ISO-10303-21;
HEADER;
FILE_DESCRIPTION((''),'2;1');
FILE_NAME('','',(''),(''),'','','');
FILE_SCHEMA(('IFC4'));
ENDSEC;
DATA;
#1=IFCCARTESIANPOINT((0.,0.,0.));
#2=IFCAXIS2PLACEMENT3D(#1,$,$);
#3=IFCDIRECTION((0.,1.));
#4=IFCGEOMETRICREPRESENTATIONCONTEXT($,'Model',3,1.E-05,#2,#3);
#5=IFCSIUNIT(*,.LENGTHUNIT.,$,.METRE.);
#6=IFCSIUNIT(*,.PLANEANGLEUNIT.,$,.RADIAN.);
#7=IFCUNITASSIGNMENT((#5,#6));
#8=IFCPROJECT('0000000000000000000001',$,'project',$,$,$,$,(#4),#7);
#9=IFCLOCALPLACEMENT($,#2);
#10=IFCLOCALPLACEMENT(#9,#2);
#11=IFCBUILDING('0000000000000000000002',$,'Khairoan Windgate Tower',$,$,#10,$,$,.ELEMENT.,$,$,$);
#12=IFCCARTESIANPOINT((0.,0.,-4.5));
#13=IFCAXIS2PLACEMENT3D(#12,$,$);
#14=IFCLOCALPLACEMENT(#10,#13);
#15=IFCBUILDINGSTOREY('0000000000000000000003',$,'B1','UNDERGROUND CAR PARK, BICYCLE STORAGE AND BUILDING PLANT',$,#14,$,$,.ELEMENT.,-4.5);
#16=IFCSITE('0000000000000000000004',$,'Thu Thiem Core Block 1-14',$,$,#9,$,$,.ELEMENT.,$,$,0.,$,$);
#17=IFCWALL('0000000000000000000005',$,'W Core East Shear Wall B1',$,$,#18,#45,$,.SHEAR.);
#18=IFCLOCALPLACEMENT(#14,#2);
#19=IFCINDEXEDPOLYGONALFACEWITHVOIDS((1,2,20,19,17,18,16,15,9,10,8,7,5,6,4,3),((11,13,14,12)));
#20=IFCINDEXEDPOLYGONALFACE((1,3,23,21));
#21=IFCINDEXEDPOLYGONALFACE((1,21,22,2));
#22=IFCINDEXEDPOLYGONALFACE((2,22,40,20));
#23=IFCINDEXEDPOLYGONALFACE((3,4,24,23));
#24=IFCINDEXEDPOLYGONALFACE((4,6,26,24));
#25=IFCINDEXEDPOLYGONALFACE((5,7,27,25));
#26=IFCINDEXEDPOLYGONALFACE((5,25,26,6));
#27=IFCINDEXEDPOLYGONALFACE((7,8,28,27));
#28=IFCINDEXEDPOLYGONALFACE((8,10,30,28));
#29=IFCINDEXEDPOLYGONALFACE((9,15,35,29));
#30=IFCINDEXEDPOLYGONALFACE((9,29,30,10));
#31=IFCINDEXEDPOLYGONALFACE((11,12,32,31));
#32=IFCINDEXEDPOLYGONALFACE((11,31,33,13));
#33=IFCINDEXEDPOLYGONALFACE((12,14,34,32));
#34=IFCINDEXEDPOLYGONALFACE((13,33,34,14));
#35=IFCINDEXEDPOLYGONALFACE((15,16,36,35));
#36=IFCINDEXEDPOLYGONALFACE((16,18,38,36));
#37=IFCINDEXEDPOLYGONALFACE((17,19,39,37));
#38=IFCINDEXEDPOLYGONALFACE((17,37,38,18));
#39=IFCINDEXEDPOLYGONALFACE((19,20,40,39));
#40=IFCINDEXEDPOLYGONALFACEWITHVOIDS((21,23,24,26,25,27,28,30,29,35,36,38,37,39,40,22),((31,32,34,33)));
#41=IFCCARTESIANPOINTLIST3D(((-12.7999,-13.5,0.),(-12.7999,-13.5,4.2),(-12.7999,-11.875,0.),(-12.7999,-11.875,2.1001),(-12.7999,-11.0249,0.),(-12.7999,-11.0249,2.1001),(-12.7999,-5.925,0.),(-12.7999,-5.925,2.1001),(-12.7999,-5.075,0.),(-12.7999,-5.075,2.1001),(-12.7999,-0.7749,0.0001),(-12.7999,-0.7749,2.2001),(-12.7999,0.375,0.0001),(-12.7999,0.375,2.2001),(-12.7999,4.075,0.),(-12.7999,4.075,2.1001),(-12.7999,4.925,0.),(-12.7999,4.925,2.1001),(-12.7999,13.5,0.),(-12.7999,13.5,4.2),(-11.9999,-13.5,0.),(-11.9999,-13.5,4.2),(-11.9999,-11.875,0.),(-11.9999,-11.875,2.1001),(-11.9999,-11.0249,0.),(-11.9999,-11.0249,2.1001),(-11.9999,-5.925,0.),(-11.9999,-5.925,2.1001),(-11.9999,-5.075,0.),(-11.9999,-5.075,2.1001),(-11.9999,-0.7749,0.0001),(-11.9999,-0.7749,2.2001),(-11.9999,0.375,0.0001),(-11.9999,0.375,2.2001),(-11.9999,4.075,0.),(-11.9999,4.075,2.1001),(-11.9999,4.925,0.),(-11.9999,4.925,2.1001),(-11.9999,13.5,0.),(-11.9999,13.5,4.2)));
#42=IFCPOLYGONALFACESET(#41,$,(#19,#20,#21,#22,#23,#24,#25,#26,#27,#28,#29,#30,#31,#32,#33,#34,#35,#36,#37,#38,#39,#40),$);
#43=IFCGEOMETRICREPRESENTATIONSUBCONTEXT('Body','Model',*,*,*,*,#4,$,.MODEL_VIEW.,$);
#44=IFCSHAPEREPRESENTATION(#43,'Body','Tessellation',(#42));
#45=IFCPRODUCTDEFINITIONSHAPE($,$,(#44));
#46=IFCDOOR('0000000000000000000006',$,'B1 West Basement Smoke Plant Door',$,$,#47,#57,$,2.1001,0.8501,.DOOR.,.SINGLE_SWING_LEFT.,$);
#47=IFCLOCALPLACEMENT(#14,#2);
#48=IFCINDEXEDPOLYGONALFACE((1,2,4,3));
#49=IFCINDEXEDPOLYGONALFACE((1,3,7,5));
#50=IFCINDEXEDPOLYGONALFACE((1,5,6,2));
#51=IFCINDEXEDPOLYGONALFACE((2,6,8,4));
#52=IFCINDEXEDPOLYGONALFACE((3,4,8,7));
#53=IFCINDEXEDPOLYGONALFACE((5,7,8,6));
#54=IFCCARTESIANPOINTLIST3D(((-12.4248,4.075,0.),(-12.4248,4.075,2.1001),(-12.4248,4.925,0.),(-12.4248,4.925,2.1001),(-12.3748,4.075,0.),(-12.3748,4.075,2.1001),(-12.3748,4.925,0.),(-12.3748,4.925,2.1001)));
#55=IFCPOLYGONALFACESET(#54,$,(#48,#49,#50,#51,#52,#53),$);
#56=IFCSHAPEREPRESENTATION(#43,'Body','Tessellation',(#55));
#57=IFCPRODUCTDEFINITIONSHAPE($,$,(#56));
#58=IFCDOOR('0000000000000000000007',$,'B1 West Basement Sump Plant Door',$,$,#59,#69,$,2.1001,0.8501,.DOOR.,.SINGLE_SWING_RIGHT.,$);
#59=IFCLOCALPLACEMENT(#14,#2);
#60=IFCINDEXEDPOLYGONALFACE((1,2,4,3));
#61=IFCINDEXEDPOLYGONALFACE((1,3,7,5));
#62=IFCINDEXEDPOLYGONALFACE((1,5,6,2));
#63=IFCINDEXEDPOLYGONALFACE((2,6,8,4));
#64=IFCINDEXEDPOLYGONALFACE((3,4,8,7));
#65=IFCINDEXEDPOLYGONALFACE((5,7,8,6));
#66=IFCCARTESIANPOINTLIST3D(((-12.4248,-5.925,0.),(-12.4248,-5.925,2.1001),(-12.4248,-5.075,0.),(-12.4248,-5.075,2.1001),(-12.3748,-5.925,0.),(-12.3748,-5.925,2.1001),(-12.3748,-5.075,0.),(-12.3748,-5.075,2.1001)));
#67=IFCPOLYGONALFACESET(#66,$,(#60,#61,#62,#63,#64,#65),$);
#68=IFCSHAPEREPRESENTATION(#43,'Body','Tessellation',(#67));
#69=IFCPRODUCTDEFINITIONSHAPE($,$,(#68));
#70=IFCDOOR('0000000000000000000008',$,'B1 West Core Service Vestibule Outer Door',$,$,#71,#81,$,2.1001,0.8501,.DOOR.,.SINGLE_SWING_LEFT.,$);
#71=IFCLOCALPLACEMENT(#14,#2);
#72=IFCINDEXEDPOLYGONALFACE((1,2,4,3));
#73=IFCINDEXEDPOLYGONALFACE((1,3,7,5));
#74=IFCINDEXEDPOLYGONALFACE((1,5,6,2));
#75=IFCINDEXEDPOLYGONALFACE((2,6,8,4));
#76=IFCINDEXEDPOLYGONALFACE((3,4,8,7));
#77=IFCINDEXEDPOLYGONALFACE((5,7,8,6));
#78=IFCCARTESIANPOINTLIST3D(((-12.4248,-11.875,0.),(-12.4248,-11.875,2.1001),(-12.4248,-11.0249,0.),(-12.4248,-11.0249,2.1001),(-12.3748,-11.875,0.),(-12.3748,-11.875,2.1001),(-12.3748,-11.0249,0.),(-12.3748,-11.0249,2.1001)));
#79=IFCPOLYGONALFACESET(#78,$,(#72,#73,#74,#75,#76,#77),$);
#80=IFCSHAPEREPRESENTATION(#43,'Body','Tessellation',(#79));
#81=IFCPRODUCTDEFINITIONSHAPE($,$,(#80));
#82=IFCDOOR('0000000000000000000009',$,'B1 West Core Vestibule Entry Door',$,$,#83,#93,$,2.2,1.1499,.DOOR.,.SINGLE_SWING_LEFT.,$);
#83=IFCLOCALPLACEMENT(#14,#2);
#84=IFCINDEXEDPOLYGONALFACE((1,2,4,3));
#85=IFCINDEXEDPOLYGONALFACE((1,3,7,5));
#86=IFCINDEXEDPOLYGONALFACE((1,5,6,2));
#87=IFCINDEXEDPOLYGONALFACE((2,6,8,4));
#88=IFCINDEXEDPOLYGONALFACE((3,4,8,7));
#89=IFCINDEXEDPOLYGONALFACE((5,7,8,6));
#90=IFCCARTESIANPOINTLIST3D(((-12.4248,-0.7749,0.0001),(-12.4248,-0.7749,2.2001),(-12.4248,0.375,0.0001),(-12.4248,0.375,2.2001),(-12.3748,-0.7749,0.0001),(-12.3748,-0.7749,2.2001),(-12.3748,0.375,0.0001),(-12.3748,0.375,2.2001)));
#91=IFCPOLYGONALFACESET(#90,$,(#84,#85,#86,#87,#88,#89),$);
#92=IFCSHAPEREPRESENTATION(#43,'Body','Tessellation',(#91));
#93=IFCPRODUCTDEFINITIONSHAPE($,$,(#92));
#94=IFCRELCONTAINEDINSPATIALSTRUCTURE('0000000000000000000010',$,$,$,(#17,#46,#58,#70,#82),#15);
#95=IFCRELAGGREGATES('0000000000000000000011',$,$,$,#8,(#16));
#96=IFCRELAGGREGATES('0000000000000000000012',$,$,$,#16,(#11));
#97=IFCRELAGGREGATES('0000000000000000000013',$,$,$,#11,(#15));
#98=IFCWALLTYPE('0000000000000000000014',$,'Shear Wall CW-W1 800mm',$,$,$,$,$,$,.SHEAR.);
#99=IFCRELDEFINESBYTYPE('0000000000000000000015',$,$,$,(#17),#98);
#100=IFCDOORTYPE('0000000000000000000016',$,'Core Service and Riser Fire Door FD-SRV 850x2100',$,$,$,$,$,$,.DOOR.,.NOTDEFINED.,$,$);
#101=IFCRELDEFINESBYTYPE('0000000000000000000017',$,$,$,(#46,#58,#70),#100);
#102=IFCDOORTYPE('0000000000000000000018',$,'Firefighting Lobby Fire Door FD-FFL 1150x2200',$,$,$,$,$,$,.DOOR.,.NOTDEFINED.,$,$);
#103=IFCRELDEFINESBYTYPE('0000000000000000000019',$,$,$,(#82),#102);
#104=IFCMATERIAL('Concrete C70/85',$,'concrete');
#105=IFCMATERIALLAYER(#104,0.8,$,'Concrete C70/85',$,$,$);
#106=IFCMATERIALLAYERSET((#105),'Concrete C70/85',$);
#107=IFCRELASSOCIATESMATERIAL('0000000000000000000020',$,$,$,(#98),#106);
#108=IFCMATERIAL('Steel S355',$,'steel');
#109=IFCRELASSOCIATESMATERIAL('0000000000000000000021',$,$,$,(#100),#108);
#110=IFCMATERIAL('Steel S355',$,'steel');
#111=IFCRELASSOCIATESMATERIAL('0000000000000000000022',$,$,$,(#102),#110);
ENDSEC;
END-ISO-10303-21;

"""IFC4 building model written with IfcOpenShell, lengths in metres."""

from ifc_helpers import new_model, si_unit, direction, frame, frame_2d, origin, place, context, subcontext, project, spatial, rectangle, extrude, material, layer, layer_set, type_object, element, fill, save


model = new_model("IFC4")

# Units and contexts
model_context = context("Model", 3, precision=1e-05, world=origin(), true_north=direction((0.0, 1.0)))
body_context = subcontext(model_context, "Body", "Model", "MODEL_VIEW")
ifc_project = project(units=[si_unit("LENGTHUNIT", "METRE"), si_unit("PLANEANGLEUNIT", "RADIAN")], contexts=[model_context])

# Site, building, storey
site_placement = place(None, origin())
site = spatial("IfcSite", under=ifc_project, at=site_placement, Name="Thu Thiem Core Block 1-14", CompositionType="ELEMENT", RefElevation=0.0)
building_placement = place(site_placement, origin())
building = spatial("IfcBuilding", under=site, at=building_placement, Name="Khairoan Windgate Tower", CompositionType="ELEMENT")
storey_placement = place(building_placement, frame((0.0, 0.0, -4.5)))
storey = spatial("IfcBuildingStorey", under=building, at=storey_placement, Name="B1", Description="UNDERGROUND CAR PARK, BICYCLE STORAGE AND BUILDING PLANT", CompositionType="ELEMENT", Elevation=-4.5)

# Shared definitions
ifc_material_1 = material(Name="Concrete C70/85", Category="concrete")
ifc_layer = layer(ifc_material_1, 0.8, Name="Concrete C70/85")
ifc_layer_set = layer_set([ifc_layer], Name="Concrete C70/85")
wall_type = type_object("IfcWallType", Name="Shear Wall CW-W1 800mm", PredefinedType="SHEAR", material=ifc_layer_set)

# Wall, openings, doors
wall_1_placement = place(storey_placement, frame((-12.3999, -13.5, 0.0), z_axis=(0.0, 0.0, 1.0), x_axis=(0.0, 1.0, 0.0)))
wall_1 = element("IfcWall", 1, at=wall_1_placement, inside=storey, type_object=wall_type, Name="W Core East Shear Wall B1", PredefinedType="SHEAR", context=body_context, shape_type="SweptSolid", body=[
    extrude(rectangle(XDim=27.0, YDim=0.8, at=frame_2d((13.5, 0.0))), origin(), (0.0, 0.0, 1.0), 4.2),
])
opening_1_placement = place(wall_1_placement, frame((17.575, 0.0, 0.0)))
opening_1 = element("IfcOpeningElement", 2, at=opening_1_placement, cuts=wall_1, PredefinedType="OPENING", context=body_context, shape_type="SweptSolid", body=[
    extrude(rectangle(XDim=0.8501, YDim=2.1001, at=frame_2d((0.425, 1.05))), frame((0.0, 0.4099, 0.0), z_axis=(0.0, -1.0, 0.0), x_axis=(1.0, 0.0, 0.0)), (0.0, 0.0, 1.0), 0.8201),
])
opening_2_placement = place(wall_1_placement, frame((7.575, 0.0, 0.0)))
opening_2 = element("IfcOpeningElement", 3, at=opening_2_placement, cuts=wall_1, PredefinedType="OPENING", context=body_context, shape_type="SweptSolid", body=[
    extrude(rectangle(XDim=0.8501, YDim=2.1001, at=frame_2d((0.425, 1.05))), frame((0.0, 0.4099, 0.0), z_axis=(0.0, -1.0, 0.0), x_axis=(1.0, 0.0, 0.0)), (0.0, 0.0, 1.0), 0.8201),
])
opening_3_placement = place(wall_1_placement, frame((12.7251, 0.0, 0.0)))
opening_3 = element("IfcOpeningElement", 4, at=opening_3_placement, cuts=wall_1, PredefinedType="OPENING", context=body_context, shape_type="SweptSolid", body=[
    extrude(rectangle(XDim=1.1499, YDim=2.2, at=frame_2d((0.575, 1.1001))), frame((0.0, 0.4099, 0.0), z_axis=(0.0, -1.0, 0.0), x_axis=(1.0, 0.0, 0.0)), (0.0, 0.0, 1.0), 0.8201),
])
opening_4_placement = place(wall_1_placement, frame((1.625, 0.0, 0.0)))
opening_4 = element("IfcOpeningElement", 5, at=opening_4_placement, cuts=wall_1, PredefinedType="OPENING", context=body_context, shape_type="SweptSolid", body=[
    extrude(rectangle(XDim=0.8501, YDim=2.1001, at=frame_2d((0.425, 1.05))), frame((0.0, 0.4099, 0.0), z_axis=(0.0, -1.0, 0.0), x_axis=(1.0, 0.0, 0.0)), (0.0, 0.0, 1.0), 0.8201),
])
ifc_material_2 = material(Name="Steel S355", Category="steel")
door_type_1 = type_object("IfcDoorType", Name="Core Service and Riser Fire Door FD-SRV 850x2100", OperationType="NOTDEFINED", PredefinedType="DOOR", material=ifc_material_2)
door_1_placement = place(opening_1_placement, origin())
door_1 = element("IfcDoor", 6, at=door_1_placement, inside=storey, type_object=door_type_1, Name="B1 West Basement Smoke Plant Door", OperationType="SINGLE_SWING_LEFT", OverallHeight=2.1001, OverallWidth=0.8501, PredefinedType="DOOR", context=body_context, shape_type="SweptSolid", body=[
    extrude(rectangle(XDim=0.8501, YDim=2.1001, at=frame_2d((0.425, 1.05))), frame((0.0, 0.0249, 0.0), z_axis=(0.0, -1.0, 0.0), x_axis=(1.0, 0.0, 0.0)), (0.0, 0.0, 1.0), 0.05),
])
fill(opening_1, door_1)
door_2_placement = place(opening_2_placement, origin())
door_2 = element("IfcDoor", 7, at=door_2_placement, inside=storey, type_object=door_type_1, Name="B1 West Basement Sump Plant Door", OperationType="SINGLE_SWING_RIGHT", OverallHeight=2.1001, OverallWidth=0.8501, PredefinedType="DOOR", context=body_context, shape_type="SweptSolid", body=[
    extrude(rectangle(XDim=0.8501, YDim=2.1001, at=frame_2d((0.425, 1.05))), frame((0.0, 0.0249, 0.0), z_axis=(0.0, -1.0, 0.0), x_axis=(1.0, 0.0, 0.0)), (0.0, 0.0, 1.0), 0.05),
])
fill(opening_2, door_2)
door_3_placement = place(opening_4_placement, origin())
door_3 = element("IfcDoor", 8, at=door_3_placement, inside=storey, type_object=door_type_1, Name="B1 West Core Service Vestibule Outer Door", OperationType="SINGLE_SWING_LEFT", OverallHeight=2.1001, OverallWidth=0.8501, PredefinedType="DOOR", context=body_context, shape_type="SweptSolid", body=[
    extrude(rectangle(XDim=0.8501, YDim=2.1001, at=frame_2d((0.425, 1.05))), frame((0.0, 0.0249, 0.0), z_axis=(0.0, -1.0, 0.0), x_axis=(1.0, 0.0, 0.0)), (0.0, 0.0, 1.0), 0.05),
])
fill(opening_4, door_3)
ifc_material_3 = material(Name="Steel S355", Category="steel")
door_type_2 = type_object("IfcDoorType", Name="Firefighting Lobby Fire Door FD-FFL 1150x2200", OperationType="NOTDEFINED", PredefinedType="DOOR", material=ifc_material_3)
door_4_placement = place(opening_3_placement, origin())
door_4 = element("IfcDoor", 9, at=door_4_placement, inside=storey, type_object=door_type_2, Name="B1 West Core Vestibule Entry Door", OperationType="SINGLE_SWING_LEFT", OverallHeight=2.2, OverallWidth=1.1499, PredefinedType="DOOR", context=body_context, shape_type="SweptSolid", body=[
    extrude(rectangle(XDim=1.1499, YDim=2.2, at=frame_2d((0.575, 1.1001))), frame((0.0, 0.0249, 0.0), z_axis=(0.0, -1.0, 0.0), x_axis=(1.0, 0.0, 0.0)), (0.0, 0.0, 1.0), 0.05),
])
fill(opening_3, door_4)

save(model, "model.ifc")
